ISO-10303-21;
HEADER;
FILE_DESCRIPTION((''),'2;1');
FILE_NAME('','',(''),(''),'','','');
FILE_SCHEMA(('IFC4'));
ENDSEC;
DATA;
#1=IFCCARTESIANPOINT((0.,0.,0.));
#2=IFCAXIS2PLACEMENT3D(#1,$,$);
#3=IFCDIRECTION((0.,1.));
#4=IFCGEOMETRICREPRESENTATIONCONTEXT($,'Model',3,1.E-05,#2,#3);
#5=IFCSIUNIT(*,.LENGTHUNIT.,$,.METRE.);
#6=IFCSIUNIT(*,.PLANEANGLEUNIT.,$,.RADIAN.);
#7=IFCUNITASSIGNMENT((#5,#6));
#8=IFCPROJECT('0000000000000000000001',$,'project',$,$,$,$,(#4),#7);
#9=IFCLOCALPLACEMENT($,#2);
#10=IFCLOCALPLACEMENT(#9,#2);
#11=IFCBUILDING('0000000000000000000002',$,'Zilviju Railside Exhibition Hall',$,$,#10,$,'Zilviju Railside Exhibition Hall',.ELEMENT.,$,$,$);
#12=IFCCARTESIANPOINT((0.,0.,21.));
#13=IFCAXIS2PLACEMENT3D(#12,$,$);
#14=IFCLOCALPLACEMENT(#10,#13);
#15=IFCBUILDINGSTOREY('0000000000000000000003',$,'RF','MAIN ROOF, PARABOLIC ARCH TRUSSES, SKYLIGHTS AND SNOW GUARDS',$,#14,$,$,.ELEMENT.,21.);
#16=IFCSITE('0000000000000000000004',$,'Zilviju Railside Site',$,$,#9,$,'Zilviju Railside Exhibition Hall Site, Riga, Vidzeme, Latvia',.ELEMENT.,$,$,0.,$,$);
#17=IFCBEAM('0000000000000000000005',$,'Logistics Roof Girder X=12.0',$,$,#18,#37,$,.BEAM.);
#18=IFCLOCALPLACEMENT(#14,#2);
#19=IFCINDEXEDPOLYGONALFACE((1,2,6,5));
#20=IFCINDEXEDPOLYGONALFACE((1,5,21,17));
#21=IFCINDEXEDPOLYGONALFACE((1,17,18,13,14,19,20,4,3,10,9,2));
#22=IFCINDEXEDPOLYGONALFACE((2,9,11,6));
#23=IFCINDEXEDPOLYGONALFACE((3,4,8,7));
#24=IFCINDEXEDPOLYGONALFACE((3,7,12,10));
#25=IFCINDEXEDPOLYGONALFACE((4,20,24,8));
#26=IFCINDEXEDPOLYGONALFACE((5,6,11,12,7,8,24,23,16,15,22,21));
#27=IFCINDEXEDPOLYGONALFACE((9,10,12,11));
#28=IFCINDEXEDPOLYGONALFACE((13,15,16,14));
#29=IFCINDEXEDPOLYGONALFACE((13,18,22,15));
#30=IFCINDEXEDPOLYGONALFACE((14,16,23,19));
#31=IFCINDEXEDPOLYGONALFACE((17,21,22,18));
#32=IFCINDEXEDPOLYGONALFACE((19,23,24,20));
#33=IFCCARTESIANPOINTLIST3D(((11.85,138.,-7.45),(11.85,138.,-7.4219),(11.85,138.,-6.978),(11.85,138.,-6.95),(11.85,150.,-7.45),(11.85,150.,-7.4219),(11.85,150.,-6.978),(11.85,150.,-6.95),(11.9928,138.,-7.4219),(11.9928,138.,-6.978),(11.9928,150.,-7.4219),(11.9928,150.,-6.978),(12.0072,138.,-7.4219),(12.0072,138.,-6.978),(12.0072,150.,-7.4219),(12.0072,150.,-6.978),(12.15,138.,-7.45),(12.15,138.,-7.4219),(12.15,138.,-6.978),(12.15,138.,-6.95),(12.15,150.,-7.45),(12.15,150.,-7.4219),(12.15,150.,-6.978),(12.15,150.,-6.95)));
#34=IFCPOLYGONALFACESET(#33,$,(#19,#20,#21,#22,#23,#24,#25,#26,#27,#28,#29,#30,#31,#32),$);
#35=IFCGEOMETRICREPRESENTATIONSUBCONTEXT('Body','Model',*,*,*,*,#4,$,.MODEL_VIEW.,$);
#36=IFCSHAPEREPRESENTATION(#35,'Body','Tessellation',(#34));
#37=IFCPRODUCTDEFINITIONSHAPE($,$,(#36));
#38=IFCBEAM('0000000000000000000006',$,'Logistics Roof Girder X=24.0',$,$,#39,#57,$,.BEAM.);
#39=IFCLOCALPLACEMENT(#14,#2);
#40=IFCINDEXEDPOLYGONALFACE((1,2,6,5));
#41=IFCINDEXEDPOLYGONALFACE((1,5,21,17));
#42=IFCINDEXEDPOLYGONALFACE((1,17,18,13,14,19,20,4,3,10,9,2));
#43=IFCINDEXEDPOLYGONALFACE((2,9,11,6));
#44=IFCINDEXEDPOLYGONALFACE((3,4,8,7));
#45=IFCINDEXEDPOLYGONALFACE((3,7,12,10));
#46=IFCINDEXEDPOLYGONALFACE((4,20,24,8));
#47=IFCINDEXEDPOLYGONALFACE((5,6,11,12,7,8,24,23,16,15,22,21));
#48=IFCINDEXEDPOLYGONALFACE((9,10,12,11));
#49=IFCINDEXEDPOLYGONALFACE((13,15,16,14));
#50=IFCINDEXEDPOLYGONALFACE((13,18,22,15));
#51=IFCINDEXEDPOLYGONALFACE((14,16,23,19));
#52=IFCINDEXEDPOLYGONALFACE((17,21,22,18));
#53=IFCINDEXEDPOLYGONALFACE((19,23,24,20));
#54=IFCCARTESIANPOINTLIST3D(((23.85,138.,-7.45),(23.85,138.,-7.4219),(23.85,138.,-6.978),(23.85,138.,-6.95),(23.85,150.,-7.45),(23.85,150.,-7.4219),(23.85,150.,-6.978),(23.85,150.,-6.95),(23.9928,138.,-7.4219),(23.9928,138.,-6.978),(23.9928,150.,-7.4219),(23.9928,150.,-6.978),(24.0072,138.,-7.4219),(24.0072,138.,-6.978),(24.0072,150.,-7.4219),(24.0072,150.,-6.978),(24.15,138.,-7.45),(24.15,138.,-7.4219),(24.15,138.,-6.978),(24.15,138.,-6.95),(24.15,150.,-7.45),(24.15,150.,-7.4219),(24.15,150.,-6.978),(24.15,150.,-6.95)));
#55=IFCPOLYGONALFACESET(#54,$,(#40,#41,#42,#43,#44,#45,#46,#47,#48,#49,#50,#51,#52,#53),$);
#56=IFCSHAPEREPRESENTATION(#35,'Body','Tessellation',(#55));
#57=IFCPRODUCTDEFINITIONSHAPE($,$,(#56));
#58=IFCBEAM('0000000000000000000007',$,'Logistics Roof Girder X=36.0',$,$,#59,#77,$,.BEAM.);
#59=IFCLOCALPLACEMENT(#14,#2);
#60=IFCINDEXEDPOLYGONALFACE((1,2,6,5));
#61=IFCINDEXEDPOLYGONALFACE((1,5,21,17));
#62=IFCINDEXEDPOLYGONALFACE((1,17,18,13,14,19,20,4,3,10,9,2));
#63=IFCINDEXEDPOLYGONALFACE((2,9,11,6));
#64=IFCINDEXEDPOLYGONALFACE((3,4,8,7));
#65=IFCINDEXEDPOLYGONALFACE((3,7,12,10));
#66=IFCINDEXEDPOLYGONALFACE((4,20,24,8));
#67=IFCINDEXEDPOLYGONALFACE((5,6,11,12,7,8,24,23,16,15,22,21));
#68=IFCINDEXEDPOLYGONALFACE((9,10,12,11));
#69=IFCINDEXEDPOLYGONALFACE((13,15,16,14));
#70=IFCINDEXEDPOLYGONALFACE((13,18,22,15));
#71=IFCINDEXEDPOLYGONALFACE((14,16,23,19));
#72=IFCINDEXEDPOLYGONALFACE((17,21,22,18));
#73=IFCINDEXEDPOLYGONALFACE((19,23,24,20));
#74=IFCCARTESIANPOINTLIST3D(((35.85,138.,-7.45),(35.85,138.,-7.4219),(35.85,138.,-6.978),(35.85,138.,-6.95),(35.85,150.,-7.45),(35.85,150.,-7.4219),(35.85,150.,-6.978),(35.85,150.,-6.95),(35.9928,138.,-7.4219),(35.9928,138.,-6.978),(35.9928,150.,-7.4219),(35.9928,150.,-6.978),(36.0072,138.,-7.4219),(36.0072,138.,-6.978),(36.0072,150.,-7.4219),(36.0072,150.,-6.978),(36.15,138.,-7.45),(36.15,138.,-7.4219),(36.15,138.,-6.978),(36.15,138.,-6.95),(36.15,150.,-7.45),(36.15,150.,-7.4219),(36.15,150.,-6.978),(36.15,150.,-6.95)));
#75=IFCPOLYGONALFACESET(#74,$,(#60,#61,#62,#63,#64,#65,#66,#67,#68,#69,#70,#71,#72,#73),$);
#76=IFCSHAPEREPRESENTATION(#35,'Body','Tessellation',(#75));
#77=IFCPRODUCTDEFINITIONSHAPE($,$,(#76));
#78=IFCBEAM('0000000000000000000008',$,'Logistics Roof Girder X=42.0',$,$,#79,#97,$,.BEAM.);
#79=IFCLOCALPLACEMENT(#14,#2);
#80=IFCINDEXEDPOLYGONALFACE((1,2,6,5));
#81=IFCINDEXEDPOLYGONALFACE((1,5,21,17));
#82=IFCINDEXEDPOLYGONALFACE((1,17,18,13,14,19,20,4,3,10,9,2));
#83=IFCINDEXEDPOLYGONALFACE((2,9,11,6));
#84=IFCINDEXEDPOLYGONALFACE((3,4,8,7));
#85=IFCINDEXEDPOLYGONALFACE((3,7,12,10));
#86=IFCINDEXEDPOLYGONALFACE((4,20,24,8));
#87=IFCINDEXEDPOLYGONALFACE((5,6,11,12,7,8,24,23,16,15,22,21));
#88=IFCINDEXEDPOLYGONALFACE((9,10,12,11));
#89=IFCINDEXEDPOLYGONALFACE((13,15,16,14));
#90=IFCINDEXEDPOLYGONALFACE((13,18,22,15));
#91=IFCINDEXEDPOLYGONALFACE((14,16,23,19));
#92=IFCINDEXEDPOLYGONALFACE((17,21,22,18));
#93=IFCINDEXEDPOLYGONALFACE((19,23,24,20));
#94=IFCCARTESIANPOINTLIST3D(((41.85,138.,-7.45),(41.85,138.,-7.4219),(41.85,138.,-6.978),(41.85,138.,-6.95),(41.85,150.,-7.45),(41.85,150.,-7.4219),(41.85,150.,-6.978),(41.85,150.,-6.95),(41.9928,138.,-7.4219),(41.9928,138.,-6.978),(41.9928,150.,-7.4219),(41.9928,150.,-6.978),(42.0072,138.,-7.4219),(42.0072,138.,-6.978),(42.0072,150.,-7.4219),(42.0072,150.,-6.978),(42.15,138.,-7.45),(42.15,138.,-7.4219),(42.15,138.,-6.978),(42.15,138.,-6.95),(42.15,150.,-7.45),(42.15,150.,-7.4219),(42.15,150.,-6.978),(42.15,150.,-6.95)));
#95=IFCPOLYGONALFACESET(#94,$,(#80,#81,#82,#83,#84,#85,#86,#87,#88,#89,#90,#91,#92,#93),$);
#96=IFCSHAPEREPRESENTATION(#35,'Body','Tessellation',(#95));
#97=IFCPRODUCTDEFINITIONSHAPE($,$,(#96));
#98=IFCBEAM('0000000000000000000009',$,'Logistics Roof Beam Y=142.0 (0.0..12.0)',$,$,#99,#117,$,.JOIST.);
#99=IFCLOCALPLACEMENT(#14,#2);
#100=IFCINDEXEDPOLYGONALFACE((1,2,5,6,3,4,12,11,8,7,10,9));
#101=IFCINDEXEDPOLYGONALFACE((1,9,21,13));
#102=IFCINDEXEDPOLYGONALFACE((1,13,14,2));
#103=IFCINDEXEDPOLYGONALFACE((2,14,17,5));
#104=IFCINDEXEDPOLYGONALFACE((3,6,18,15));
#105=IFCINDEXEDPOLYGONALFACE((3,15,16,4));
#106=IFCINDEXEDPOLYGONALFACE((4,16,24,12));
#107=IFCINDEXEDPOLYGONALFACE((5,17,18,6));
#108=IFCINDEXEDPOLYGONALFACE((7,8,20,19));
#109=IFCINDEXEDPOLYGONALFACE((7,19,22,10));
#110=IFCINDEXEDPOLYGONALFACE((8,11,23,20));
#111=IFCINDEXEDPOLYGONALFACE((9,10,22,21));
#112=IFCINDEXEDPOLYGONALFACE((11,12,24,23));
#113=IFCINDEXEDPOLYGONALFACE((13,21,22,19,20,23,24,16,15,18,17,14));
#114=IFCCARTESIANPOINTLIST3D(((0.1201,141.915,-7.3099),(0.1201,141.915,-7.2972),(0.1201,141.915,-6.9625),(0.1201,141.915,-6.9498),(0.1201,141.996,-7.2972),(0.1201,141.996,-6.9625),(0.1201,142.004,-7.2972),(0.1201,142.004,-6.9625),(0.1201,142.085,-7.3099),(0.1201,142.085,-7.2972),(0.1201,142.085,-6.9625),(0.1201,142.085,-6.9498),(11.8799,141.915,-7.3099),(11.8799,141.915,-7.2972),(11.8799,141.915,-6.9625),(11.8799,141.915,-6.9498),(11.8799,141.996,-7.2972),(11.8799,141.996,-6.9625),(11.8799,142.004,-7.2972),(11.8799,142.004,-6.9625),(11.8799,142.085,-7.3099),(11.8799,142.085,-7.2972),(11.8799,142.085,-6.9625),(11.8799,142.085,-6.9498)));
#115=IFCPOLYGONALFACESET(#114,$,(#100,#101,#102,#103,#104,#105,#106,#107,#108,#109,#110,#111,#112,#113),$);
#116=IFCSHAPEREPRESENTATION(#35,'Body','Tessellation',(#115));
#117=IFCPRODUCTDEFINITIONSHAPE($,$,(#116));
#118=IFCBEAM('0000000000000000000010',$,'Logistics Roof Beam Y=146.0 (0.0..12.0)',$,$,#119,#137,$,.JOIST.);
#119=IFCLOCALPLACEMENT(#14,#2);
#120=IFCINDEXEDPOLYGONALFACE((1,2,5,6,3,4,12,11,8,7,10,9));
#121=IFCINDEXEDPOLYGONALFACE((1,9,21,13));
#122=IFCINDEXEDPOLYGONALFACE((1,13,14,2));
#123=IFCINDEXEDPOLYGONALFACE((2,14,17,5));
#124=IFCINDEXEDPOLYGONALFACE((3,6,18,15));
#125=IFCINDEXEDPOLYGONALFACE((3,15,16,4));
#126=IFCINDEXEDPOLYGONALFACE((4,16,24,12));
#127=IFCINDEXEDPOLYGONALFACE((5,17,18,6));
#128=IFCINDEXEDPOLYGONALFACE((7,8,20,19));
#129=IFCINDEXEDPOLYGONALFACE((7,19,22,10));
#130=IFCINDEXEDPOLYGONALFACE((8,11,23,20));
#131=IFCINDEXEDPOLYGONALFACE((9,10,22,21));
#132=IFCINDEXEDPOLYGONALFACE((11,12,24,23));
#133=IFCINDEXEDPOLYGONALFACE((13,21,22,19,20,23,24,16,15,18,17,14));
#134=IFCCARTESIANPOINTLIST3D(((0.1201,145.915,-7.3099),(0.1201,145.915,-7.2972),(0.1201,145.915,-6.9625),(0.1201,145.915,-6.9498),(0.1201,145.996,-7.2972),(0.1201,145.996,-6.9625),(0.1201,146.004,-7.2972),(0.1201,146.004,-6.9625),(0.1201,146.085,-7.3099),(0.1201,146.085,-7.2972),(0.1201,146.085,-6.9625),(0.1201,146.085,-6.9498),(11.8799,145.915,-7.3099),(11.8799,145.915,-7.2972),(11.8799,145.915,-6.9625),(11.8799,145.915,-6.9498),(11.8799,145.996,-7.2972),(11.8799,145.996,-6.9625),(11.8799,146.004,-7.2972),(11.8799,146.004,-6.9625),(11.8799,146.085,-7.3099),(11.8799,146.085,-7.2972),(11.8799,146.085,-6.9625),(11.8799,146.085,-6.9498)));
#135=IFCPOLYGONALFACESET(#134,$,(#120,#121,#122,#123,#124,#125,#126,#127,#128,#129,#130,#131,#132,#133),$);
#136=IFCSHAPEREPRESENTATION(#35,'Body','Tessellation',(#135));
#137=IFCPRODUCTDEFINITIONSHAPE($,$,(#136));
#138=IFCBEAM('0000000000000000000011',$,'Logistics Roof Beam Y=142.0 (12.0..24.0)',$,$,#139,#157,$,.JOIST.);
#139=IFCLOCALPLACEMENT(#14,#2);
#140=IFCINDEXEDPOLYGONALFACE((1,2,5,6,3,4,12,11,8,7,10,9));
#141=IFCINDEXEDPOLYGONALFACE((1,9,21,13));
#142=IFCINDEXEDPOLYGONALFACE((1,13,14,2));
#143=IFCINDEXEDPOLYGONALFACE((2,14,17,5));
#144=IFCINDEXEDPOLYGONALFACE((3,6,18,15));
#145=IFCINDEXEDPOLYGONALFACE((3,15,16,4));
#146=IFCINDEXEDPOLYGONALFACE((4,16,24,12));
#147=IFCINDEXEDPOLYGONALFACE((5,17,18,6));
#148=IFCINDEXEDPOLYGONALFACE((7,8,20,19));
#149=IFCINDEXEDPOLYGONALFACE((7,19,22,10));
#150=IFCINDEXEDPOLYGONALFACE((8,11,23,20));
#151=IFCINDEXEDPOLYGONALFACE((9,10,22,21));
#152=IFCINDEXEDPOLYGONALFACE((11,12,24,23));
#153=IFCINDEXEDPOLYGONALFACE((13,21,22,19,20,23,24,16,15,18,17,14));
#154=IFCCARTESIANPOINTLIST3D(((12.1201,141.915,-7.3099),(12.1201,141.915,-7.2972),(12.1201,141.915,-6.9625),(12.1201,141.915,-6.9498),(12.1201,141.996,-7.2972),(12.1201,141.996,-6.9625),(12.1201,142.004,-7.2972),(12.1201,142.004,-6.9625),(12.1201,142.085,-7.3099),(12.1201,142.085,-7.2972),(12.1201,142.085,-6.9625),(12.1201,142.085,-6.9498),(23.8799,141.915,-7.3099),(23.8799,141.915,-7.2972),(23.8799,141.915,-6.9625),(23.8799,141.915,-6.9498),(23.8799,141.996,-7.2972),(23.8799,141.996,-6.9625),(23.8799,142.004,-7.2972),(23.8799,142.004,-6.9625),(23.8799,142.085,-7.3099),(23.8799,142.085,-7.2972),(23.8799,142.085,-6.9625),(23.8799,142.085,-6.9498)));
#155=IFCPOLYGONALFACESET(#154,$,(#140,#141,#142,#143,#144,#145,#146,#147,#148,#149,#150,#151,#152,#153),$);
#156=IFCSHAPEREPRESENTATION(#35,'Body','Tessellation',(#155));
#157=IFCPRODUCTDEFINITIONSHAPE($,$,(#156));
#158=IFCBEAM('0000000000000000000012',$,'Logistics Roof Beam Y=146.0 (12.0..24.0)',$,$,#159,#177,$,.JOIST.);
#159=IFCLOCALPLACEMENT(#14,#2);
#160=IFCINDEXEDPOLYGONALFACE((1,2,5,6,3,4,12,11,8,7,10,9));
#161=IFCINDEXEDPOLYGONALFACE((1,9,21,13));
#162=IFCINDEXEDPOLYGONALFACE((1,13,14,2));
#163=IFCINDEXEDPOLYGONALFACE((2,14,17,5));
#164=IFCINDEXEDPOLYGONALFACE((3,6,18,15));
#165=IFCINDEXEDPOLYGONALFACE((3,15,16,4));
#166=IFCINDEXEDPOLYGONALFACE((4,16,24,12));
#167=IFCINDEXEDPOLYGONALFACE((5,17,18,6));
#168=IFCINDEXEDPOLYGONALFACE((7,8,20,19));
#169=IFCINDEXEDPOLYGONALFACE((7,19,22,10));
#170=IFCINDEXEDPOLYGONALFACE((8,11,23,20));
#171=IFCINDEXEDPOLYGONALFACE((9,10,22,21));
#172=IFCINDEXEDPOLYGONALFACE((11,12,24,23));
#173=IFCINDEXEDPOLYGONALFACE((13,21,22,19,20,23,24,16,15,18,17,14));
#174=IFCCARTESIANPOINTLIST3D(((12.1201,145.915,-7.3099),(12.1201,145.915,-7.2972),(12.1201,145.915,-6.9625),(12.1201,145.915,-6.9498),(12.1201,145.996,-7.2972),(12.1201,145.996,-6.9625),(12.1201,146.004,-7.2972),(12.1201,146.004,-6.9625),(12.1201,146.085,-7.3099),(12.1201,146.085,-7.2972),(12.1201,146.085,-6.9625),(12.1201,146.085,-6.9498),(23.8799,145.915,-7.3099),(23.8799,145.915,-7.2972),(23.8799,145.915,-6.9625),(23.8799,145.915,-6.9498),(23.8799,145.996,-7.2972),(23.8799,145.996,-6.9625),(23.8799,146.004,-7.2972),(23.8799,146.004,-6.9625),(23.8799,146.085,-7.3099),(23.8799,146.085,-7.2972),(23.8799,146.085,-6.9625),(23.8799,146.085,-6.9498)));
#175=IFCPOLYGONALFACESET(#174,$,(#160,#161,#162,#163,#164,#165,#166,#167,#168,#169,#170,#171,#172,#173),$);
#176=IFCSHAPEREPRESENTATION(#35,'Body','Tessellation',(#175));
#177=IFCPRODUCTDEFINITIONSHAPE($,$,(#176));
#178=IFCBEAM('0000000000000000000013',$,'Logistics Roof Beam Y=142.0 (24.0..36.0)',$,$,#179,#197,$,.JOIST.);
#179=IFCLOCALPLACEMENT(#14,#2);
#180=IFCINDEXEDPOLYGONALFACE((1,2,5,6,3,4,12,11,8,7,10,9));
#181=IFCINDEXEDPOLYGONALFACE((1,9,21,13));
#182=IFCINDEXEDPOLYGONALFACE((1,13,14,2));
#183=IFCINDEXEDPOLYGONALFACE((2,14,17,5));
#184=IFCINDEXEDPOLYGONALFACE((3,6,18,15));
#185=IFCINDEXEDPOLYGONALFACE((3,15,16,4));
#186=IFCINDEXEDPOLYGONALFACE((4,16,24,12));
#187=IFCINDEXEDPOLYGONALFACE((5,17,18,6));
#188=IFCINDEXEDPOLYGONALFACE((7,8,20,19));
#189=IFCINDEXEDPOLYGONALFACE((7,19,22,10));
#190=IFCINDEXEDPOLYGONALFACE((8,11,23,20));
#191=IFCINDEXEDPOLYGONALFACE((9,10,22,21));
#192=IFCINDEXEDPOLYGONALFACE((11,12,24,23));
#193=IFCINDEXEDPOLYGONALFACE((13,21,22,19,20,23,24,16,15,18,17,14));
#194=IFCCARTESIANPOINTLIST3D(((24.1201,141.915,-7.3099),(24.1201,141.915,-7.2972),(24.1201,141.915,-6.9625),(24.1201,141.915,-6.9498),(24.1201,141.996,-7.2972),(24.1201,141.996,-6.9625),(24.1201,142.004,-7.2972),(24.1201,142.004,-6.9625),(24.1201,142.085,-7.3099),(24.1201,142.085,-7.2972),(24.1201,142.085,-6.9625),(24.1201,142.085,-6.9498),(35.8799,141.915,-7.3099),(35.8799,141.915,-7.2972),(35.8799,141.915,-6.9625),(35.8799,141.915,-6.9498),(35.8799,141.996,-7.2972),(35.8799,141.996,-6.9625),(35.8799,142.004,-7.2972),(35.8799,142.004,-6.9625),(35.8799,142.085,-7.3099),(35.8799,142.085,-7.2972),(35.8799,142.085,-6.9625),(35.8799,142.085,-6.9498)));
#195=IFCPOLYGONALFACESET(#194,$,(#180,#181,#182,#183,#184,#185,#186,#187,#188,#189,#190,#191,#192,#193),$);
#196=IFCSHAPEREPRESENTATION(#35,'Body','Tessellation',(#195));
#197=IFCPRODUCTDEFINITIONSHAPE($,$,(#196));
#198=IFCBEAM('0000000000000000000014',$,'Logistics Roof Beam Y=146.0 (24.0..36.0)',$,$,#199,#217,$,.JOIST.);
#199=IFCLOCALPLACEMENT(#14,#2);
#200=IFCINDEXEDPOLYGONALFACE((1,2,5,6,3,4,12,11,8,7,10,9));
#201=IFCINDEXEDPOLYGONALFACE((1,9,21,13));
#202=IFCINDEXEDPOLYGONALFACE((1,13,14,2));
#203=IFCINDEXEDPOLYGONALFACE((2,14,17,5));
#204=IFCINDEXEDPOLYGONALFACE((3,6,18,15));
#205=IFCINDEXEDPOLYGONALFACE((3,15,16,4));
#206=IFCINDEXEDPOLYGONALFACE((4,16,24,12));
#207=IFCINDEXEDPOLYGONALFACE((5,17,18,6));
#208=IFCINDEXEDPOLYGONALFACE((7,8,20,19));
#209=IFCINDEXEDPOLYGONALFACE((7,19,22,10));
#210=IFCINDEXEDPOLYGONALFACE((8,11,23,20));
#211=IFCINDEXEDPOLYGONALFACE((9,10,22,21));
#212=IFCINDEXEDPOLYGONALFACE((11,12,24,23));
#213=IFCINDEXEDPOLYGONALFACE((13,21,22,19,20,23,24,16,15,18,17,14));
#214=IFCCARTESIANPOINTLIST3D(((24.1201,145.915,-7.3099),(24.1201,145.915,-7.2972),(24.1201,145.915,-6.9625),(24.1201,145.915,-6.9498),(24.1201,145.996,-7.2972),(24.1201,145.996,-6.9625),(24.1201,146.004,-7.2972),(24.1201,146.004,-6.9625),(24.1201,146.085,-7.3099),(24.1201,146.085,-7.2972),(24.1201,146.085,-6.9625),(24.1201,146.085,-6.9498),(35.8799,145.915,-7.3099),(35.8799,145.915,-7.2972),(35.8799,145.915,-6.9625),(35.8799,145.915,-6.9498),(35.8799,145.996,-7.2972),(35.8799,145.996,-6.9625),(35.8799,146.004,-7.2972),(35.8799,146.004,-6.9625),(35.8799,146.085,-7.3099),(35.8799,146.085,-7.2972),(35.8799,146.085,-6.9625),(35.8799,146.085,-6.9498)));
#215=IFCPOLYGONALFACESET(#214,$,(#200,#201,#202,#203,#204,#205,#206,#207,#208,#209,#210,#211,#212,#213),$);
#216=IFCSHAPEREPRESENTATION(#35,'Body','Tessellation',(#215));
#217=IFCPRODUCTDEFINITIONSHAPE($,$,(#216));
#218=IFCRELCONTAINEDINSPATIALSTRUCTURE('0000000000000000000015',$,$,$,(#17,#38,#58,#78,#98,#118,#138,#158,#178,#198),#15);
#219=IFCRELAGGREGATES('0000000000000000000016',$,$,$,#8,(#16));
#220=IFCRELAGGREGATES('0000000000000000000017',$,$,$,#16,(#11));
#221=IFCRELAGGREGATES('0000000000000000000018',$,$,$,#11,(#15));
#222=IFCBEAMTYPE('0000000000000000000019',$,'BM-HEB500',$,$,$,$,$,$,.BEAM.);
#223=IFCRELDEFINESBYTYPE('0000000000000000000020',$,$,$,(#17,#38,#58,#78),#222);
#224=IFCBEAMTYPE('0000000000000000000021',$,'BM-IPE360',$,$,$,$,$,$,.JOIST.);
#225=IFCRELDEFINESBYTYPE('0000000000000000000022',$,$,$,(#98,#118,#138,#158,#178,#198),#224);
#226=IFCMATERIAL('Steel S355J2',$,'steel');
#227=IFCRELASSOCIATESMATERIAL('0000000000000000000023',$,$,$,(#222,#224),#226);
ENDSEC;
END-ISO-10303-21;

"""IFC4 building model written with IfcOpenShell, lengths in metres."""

from ifc_helpers import new_model, si_unit, direction, frame, origin, origin_2d, place, context, subcontext, project, spatial, i_section, extrude, material, material_profile, profile_set, type_object, element, save


model = new_model("IFC4")

# Units and contexts
model_context = context("Model", 3, precision=1e-05, world=origin(), true_north=direction((0.0, 1.0)))
body_context = subcontext(model_context, "Body", "Model", "MODEL_VIEW")
ifc_project = project(units=[si_unit("LENGTHUNIT", "METRE"), si_unit("PLANEANGLEUNIT", "RADIAN")], contexts=[model_context])

# Site, building, storey
site_placement = place(None, origin())
site = spatial("IfcSite", under=ifc_project, at=site_placement, Name="Zilviju Railside Site", LongName="Zilviju Railside Exhibition Hall Site, Riga, Vidzeme, Latvia", CompositionType="ELEMENT", RefElevation=0.0)
building_placement = place(site_placement, origin())
building = spatial("IfcBuilding", under=site, at=building_placement, Name="Zilviju Railside Exhibition Hall", LongName="Zilviju Railside Exhibition Hall", CompositionType="ELEMENT")
storey_placement = place(building_placement, frame((0.0, 0.0, 21.0)))
storey = spatial("IfcBuildingStorey", under=building, at=storey_placement, Name="RF", Description="MAIN ROOF, PARABOLIC ARCH TRUSSES, SKYLIGHTS AND SNOW GUARDS", CompositionType="ELEMENT", Elevation=21.0)

# Beams
ifc_material_1 = material(Name="Steel S355J2", Category="steel")
ifc_material_profile_1 = material_profile(ifc_material_1, i_section(OverallWidth=0.3, OverallDepth=0.5, WebThickness=0.0144, FlangeThickness=0.0281, at=origin_2d()), Name="HEB 500")
ifc_profile_set_1 = profile_set([ifc_material_profile_1], Name="Steel S355J2")
beam_type_1 = type_object("IfcBeamType", Name="BM-HEB500", PredefinedType="BEAM", material=ifc_profile_set_1)
for number, where, z_axis, x_axis, name in (
    (1, (12.0, 138.0, -7.2), (0.0, 1.0, 0.0), (-1.0, 0.0, 0.0), "Logistics Roof Girder X=12.0"),
    (2, (24.0, 138.0, -7.2), (0.0, 1.0, 0.0), (-1.0, 0.0, 0.0), "Logistics Roof Girder X=24.0"),
    (3, (36.0, 138.0, -7.2), (0.0, 1.0, 0.0), (-1.0, 0.0, 0.0), "Logistics Roof Girder X=36.0"),
    (4, (42.0, 138.0, -7.2), (0.0, 1.0, 0.0), (-1.0, 0.0, 0.0), "Logistics Roof Girder X=42.0"),
):
    element("IfcBeam", number, at=place(storey_placement, frame(where, z_axis=z_axis, x_axis=x_axis)), inside=storey, type_object=beam_type_1, Name=name, PredefinedType="BEAM", context=body_context, shape_type="SweptSolid", body=[
        extrude(i_section(OverallWidth=0.3, OverallDepth=0.5, WebThickness=0.0144, FlangeThickness=0.0281, at=origin_2d()), origin(), (0.0, 0.0, 1.0), 12.0),
    ])
ifc_material_profile_2 = material_profile(ifc_material_1, i_section(OverallWidth=0.1699, OverallDepth=0.3601, WebThickness=0.0081, FlangeThickness=0.0127, at=origin_2d()), Name="IPE 360")
ifc_profile_set_2 = profile_set([ifc_material_profile_2], Name="Steel S355J2")
beam_type_2 = type_object("IfcBeamType", Name="BM-IPE360", PredefinedType="JOIST", material=ifc_profile_set_2)
for number, where, z_axis, x_axis, name in (
    (5, (0.1201, 142.0, -7.1299), (1.0, 0.0, 0.0), (0.0, 1.0, 0.0), "Logistics Roof Beam Y=142.0 (0.0..12.0)"),
    (6, (0.1201, 146.0, -7.1299), (1.0, 0.0, 0.0), (0.0, 1.0, 0.0), "Logistics Roof Beam Y=146.0 (0.0..12.0)"),
    (7, (12.1201, 142.0, -7.1299), (1.0, 0.0, 0.0), (0.0, 1.0, 0.0), "Logistics Roof Beam Y=142.0 (12.0..24.0)"),
    (8, (12.1201, 146.0, -7.1299), (1.0, 0.0, 0.0), (0.0, 1.0, 0.0), "Logistics Roof Beam Y=146.0 (12.0..24.0)"),
    (9, (24.1201, 142.0, -7.1299), (1.0, 0.0, 0.0), (0.0, 1.0, 0.0), "Logistics Roof Beam Y=142.0 (24.0..36.0)"),
    (10, (24.1201, 146.0, -7.1299), (1.0, 0.0, 0.0), (0.0, 1.0, 0.0), "Logistics Roof Beam Y=146.0 (24.0..36.0)"),
):
    element("IfcBeam", number, at=place(storey_placement, frame(where, z_axis=z_axis, x_axis=x_axis)), inside=storey, type_object=beam_type_2, Name=name, PredefinedType="JOIST", context=body_context, shape_type="SweptSolid", body=[
        extrude(i_section(OverallWidth=0.1699, OverallDepth=0.3601, WebThickness=0.0081, FlangeThickness=0.0127, at=origin_2d()), origin(), (0.0, 0.0, 1.0), 11.7598),
    ])

save(model, "model.ifc")
